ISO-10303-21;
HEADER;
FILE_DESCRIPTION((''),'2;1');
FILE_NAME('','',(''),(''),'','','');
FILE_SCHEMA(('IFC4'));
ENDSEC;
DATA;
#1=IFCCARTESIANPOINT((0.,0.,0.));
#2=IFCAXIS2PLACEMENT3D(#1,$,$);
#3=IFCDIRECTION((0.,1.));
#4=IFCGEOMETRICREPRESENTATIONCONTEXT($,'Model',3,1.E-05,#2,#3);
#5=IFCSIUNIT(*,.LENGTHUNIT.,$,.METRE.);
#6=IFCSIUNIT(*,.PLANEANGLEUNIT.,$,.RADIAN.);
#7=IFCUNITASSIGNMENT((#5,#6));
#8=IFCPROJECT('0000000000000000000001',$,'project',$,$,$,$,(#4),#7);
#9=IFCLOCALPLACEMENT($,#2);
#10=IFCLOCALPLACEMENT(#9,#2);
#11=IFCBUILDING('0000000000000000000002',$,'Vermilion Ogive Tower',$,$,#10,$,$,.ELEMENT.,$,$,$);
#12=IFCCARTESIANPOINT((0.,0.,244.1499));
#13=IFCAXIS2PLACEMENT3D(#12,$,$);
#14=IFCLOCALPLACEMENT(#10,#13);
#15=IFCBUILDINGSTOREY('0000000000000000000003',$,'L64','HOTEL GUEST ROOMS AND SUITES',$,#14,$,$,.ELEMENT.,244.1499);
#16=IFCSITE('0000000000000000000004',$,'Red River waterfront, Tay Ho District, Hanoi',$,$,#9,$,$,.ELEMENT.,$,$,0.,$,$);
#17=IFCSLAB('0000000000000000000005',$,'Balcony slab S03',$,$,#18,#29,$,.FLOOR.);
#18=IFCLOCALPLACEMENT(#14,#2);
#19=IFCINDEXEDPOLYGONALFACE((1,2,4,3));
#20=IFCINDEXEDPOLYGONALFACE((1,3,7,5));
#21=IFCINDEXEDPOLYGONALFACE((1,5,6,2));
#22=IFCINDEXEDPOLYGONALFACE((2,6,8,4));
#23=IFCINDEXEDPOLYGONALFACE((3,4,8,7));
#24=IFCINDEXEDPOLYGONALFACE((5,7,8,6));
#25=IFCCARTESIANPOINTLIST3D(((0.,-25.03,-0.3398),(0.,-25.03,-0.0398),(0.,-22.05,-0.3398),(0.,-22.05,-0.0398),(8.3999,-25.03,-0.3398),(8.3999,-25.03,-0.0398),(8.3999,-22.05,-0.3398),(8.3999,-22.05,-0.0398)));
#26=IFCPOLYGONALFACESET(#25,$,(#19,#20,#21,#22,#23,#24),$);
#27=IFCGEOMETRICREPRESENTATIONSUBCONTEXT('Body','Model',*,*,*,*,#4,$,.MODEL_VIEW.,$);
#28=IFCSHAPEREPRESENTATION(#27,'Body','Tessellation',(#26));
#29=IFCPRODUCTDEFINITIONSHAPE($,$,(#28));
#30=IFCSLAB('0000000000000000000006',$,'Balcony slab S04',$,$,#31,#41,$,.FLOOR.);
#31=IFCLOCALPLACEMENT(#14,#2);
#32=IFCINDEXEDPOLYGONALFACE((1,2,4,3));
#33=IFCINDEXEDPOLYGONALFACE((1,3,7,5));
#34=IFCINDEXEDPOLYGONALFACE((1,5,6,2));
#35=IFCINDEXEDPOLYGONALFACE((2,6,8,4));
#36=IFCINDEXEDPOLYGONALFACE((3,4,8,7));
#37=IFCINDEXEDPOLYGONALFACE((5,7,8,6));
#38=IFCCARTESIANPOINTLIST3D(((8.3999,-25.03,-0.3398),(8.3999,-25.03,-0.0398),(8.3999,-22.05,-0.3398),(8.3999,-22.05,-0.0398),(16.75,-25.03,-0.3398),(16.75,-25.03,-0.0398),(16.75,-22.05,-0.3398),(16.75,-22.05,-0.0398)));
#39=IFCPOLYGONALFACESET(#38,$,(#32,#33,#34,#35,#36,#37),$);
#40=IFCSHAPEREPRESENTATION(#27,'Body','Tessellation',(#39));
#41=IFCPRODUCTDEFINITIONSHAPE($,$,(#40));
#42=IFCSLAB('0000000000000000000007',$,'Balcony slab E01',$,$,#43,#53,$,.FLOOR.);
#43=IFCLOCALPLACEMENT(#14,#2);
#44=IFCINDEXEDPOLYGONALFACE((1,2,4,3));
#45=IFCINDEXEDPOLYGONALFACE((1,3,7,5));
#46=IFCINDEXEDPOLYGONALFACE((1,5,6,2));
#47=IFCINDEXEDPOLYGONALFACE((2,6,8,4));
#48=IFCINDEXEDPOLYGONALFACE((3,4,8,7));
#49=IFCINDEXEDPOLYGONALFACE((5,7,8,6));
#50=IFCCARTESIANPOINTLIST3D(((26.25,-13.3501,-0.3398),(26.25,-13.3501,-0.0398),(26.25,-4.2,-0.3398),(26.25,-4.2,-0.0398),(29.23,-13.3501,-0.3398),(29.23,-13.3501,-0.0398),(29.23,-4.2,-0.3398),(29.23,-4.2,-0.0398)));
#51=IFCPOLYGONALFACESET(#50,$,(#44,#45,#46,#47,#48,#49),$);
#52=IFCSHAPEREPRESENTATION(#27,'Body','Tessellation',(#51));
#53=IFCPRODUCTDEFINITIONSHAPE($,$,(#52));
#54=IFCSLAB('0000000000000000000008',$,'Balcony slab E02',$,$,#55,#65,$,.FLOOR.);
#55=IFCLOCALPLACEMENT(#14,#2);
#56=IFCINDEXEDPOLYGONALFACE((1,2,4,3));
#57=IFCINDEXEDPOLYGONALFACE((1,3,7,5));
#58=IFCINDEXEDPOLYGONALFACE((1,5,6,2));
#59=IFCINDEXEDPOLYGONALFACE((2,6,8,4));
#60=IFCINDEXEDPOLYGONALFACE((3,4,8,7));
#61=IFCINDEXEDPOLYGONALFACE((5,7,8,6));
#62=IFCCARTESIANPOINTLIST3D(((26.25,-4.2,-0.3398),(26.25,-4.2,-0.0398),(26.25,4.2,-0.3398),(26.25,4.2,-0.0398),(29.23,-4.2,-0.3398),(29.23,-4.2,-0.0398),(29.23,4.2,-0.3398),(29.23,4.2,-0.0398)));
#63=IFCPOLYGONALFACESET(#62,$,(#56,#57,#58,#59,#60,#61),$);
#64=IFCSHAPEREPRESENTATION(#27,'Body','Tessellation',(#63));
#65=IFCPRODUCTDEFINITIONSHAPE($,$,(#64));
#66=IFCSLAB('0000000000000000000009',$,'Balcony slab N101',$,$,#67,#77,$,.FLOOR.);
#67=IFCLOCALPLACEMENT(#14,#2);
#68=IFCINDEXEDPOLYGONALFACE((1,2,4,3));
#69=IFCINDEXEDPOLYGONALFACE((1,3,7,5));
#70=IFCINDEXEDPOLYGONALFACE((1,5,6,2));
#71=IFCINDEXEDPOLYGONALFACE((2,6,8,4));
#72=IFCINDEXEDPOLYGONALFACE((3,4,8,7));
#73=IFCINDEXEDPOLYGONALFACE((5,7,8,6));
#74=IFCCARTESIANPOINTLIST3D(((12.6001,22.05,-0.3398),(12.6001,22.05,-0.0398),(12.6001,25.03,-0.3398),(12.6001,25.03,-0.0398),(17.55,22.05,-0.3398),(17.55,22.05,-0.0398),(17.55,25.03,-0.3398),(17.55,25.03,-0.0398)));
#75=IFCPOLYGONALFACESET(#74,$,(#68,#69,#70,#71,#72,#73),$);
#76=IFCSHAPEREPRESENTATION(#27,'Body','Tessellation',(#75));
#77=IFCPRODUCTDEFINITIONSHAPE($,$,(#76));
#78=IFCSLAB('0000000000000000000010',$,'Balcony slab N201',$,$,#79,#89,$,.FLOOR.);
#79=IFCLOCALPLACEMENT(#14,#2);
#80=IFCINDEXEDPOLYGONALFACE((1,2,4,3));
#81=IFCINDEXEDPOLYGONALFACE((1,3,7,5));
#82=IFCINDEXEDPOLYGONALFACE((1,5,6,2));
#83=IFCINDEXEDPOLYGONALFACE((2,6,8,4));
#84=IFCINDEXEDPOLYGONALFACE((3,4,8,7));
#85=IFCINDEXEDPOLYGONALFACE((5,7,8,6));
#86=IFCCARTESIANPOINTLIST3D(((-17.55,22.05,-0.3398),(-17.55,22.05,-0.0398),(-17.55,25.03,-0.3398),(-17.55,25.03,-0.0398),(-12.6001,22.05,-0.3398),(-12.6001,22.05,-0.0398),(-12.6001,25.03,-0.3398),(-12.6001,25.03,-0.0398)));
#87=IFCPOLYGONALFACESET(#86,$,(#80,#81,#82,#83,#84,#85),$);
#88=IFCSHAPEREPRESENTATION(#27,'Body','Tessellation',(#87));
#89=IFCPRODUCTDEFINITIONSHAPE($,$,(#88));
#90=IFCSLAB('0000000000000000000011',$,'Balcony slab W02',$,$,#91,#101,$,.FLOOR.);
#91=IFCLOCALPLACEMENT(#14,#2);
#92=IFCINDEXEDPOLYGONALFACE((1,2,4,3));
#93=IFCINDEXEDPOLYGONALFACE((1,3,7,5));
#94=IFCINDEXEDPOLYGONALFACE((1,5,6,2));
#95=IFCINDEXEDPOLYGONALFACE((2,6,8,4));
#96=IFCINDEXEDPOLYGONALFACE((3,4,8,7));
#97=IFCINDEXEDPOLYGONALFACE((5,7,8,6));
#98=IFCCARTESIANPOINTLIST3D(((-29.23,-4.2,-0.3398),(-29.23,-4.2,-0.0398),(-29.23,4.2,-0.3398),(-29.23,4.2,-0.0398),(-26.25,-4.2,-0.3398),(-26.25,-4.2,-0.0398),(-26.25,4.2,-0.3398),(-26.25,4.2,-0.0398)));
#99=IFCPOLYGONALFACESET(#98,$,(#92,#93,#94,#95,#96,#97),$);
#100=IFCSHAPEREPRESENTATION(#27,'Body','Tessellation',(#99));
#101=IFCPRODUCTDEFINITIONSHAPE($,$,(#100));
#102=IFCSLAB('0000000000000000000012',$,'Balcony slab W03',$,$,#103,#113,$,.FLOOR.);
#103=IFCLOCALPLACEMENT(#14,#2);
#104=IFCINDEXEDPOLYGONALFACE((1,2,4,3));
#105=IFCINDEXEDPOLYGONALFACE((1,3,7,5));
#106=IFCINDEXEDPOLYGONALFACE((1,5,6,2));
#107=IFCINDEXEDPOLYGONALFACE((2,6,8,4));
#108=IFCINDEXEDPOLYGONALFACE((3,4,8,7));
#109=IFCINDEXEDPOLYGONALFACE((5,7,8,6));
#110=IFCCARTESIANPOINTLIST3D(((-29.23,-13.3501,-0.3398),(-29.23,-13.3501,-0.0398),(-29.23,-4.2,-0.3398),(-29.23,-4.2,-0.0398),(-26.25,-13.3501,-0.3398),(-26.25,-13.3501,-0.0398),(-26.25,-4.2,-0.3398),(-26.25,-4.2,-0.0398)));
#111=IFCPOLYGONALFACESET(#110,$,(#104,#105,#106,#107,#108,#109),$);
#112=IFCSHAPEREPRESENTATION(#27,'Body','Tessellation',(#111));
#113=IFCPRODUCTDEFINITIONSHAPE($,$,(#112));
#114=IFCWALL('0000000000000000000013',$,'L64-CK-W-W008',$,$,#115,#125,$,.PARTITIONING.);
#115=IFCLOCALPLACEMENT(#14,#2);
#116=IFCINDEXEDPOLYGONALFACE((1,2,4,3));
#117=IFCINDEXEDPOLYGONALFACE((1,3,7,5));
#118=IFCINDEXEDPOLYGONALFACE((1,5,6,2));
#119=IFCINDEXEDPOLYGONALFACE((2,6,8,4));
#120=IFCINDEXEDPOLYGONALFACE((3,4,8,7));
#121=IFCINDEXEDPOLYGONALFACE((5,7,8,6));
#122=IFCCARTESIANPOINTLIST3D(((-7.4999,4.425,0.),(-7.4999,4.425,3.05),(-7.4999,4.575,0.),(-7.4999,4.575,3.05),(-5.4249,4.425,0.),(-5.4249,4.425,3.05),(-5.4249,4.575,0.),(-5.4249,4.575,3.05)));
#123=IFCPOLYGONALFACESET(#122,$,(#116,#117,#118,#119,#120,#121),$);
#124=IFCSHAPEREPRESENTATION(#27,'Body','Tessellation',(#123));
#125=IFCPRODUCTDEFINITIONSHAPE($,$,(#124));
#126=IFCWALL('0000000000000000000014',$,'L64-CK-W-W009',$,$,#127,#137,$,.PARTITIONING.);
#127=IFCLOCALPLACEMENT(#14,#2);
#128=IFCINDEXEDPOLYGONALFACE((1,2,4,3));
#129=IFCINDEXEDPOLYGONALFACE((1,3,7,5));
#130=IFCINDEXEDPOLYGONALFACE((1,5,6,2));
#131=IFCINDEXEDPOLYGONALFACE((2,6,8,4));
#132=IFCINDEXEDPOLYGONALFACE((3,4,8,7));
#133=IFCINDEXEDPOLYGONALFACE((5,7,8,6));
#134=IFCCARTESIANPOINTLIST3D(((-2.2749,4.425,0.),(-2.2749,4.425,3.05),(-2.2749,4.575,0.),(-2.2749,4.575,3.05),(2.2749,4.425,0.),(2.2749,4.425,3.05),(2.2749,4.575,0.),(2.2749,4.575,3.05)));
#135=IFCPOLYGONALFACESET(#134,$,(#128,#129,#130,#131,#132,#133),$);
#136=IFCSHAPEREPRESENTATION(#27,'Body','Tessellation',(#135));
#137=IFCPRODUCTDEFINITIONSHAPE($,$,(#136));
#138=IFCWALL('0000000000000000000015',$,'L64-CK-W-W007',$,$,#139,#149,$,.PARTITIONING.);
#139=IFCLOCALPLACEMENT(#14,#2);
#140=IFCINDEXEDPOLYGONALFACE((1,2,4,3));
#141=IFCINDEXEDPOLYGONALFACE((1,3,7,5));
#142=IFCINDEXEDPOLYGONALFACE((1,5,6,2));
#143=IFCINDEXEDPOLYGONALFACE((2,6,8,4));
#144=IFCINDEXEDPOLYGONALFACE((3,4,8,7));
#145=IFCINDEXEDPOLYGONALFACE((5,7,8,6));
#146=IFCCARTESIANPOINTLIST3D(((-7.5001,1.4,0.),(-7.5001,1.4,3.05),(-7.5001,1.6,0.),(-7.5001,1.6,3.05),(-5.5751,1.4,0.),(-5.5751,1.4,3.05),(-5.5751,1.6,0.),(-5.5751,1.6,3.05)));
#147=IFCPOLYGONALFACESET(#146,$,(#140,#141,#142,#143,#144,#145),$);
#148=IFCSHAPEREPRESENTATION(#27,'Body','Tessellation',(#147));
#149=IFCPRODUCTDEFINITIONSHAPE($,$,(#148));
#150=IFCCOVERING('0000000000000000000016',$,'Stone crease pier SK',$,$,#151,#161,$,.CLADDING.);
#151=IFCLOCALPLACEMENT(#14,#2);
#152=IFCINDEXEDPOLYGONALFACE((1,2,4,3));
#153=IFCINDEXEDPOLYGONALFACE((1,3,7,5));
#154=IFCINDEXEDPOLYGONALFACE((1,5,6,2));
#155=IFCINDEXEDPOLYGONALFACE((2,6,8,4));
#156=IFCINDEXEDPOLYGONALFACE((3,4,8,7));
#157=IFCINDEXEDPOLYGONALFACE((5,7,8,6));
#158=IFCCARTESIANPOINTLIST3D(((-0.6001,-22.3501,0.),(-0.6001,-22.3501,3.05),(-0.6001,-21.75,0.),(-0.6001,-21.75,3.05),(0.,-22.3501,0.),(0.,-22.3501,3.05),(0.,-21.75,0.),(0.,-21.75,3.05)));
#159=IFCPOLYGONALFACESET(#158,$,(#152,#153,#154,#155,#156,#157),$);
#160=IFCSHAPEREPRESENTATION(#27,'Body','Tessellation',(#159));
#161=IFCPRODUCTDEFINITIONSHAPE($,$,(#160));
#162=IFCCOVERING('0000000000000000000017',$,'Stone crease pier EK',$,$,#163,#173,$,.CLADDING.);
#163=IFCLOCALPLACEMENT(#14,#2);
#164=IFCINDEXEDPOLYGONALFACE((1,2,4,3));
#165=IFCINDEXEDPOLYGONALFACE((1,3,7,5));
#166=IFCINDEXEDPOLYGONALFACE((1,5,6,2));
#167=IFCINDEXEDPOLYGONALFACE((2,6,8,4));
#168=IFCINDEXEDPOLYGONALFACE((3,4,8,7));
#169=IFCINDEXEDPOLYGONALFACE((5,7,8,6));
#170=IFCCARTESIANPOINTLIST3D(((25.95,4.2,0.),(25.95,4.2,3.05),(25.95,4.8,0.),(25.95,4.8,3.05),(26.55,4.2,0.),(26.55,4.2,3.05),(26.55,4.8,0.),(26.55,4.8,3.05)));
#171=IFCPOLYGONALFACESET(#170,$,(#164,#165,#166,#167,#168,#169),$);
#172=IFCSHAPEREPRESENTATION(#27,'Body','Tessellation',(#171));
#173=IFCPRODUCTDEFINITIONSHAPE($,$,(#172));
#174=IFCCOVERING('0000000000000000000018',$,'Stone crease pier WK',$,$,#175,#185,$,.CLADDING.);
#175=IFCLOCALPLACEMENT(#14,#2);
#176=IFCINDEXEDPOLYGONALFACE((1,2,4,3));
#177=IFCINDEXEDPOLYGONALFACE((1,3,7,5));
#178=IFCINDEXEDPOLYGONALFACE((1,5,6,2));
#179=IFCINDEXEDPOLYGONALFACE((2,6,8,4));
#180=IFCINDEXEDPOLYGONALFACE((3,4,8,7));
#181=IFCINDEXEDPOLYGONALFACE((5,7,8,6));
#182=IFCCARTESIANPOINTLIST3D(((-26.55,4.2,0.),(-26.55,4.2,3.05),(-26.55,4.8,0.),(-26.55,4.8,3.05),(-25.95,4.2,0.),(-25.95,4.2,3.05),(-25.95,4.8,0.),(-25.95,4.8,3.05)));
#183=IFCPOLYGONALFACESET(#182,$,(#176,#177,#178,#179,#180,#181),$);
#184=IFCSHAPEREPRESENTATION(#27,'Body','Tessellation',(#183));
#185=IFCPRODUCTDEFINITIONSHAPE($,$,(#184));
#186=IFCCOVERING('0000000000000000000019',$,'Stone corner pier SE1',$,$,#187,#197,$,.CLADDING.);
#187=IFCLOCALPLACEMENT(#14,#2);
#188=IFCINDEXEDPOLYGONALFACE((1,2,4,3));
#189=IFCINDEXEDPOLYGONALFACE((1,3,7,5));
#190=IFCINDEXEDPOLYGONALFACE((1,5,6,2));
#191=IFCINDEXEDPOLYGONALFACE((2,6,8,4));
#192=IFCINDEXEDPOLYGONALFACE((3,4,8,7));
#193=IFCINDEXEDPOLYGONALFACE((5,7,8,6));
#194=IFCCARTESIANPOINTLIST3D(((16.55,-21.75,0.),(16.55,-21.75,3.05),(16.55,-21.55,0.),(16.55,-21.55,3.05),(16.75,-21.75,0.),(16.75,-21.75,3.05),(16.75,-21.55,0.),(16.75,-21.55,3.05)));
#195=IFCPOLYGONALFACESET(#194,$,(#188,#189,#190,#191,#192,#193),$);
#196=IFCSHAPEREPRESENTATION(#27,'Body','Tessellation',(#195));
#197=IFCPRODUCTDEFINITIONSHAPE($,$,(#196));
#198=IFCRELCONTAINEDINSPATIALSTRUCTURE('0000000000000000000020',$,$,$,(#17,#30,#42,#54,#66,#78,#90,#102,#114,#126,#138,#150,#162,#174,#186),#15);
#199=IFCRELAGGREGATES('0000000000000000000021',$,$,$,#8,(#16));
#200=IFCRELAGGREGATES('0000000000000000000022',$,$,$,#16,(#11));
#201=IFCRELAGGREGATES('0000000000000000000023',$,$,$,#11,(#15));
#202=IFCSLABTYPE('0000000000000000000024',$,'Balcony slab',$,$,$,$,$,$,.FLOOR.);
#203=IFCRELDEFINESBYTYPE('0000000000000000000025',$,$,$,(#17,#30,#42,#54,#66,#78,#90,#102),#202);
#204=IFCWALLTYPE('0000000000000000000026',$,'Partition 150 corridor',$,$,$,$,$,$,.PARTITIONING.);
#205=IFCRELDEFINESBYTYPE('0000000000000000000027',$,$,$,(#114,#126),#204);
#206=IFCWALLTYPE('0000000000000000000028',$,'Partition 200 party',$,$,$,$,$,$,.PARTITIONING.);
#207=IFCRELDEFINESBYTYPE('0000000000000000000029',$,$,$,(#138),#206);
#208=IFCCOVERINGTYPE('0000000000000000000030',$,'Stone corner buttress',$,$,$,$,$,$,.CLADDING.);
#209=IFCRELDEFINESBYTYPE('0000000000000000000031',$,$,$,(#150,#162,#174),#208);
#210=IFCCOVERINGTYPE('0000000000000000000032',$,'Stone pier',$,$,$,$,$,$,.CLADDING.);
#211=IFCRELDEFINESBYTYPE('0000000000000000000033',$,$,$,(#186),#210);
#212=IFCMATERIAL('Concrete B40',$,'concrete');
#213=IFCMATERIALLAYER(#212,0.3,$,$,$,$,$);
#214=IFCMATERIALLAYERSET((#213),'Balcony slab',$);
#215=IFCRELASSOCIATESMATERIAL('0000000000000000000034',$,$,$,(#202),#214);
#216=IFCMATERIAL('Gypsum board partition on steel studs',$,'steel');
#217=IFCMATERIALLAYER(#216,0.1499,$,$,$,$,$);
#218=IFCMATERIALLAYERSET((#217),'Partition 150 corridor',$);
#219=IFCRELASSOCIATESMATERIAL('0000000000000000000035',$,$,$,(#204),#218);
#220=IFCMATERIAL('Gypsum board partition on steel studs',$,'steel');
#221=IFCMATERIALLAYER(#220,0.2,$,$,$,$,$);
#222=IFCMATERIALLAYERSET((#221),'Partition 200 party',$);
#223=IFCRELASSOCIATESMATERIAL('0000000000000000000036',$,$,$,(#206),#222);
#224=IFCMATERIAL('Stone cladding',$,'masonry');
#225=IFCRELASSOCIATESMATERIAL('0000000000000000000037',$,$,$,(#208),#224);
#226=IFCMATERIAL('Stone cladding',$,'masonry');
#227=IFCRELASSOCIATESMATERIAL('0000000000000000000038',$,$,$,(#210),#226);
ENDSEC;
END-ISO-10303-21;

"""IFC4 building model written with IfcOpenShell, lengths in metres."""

from ifc_helpers import new_model, si_unit, direction, frame, frame_2d, origin, place, context, subcontext, project, spatial, polyline, rectangle, outline, extrude, material, layer, layer_set, type_object, element, save


model = new_model("IFC4")

# Units and contexts
model_context = context("Model", 3, precision=1e-05, world=origin(), true_north=direction((0.0, 1.0)))
body_context = subcontext(model_context, "Body", "Model", "MODEL_VIEW")
ifc_project = project(units=[si_unit("LENGTHUNIT", "METRE"), si_unit("PLANEANGLEUNIT", "RADIAN")], contexts=[model_context])

# Site, building, storey
site_placement = place(None, origin())
site = spatial("IfcSite", under=ifc_project, at=site_placement, Name="Red River waterfront, Tay Ho District, Hanoi", CompositionType="ELEMENT", RefElevation=0.0)
building_placement = place(site_placement, origin())
building = spatial("IfcBuilding", under=site, at=building_placement, Name="Vermilion Ogive Tower", CompositionType="ELEMENT")
storey_placement = place(building_placement, frame((0.0, 0.0, 244.1499)))
storey = spatial("IfcBuildingStorey", under=building, at=storey_placement, Name="L64", Description="HOTEL GUEST ROOMS AND SUITES", CompositionType="ELEMENT", Elevation=244.1499)

# Slabs
ifc_material_1 = material(Name="Concrete B40", Category="concrete")
ifc_layer_1 = layer(ifc_material_1, 0.3)
ifc_layer_set_1 = layer_set([ifc_layer_1], Name="Balcony slab")
slab_type = type_object("IfcSlabType", Name="Balcony slab", PredefinedType="FLOOR", material=ifc_layer_set_1)
slab_1_placement = place(storey_placement, frame((0.0, 0.0, -0.3398)))
element("IfcSlab", 1, at=slab_1_placement, inside=storey, type_object=slab_type, Name="Balcony slab S03", PredefinedType="FLOOR", context=body_context, shape_type="SweptSolid", body=[
    extrude(outline(polyline([(0.0, -25.03), (8.3999, -25.03), (8.3999, -22.05), (0.0, -22.05), (0.0, -25.03)])), origin(), (0.0, 0.0, 1.0), 0.3),
])
slab_2_placement = place(storey_placement, frame((0.0, 0.0, -0.3398)))
element("IfcSlab", 2, at=slab_2_placement, inside=storey, type_object=slab_type, Name="Balcony slab S04", PredefinedType="FLOOR", context=body_context, shape_type="SweptSolid", body=[
    extrude(outline(polyline([(8.3999, -25.03), (16.75, -25.03), (16.75, -22.05), (8.3999, -22.05), (8.3999, -25.03)])), origin(), (0.0, 0.0, 1.0), 0.3),
])
slab_3_placement = place(storey_placement, frame((0.0, 0.0, -0.3398)))
element("IfcSlab", 3, at=slab_3_placement, inside=storey, type_object=slab_type, Name="Balcony slab E01", PredefinedType="FLOOR", context=body_context, shape_type="SweptSolid", body=[
    extrude(outline(polyline([(29.23, -13.3501), (29.23, -4.2), (26.25, -4.2), (26.25, -13.3501), (29.23, -13.3501)])), origin(), (0.0, 0.0, 1.0), 0.3),
])
slab_4_placement = place(storey_placement, frame((0.0, 0.0, -0.3398)))
element("IfcSlab", 4, at=slab_4_placement, inside=storey, type_object=slab_type, Name="Balcony slab E02", PredefinedType="FLOOR", context=body_context, shape_type="SweptSolid", body=[
    extrude(outline(polyline([(29.23, -4.2), (29.23, 4.2), (26.25, 4.2), (26.25, -4.2), (29.23, -4.2)])), origin(), (0.0, 0.0, 1.0), 0.3),
])
slab_5_placement = place(storey_placement, frame((0.0, 0.0, -0.3398)))
element("IfcSlab", 5, at=slab_5_placement, inside=storey, type_object=slab_type, Name="Balcony slab N101", PredefinedType="FLOOR", context=body_context, shape_type="SweptSolid", body=[
    extrude(outline(polyline([(17.55, 25.03), (12.6001, 25.03), (12.6001, 22.05), (17.55, 22.05), (17.55, 25.03)])), origin(), (0.0, 0.0, 1.0), 0.3),
])
slab_6_placement = place(storey_placement, frame((0.0, 0.0, -0.3398)))
element("IfcSlab", 6, at=slab_6_placement, inside=storey, type_object=slab_type, Name="Balcony slab N201", PredefinedType="FLOOR", context=body_context, shape_type="SweptSolid", body=[
    extrude(outline(polyline([(-12.6001, 25.03), (-17.55, 25.03), (-17.55, 22.05), (-12.6001, 22.05), (-12.6001, 25.03)])), origin(), (0.0, 0.0, 1.0), 0.3),
])
slab_7_placement = place(storey_placement, frame((0.0, 0.0, -0.3398)))
element("IfcSlab", 7, at=slab_7_placement, inside=storey, type_object=slab_type, Name="Balcony slab W02", PredefinedType="FLOOR", context=body_context, shape_type="SweptSolid", body=[
    extrude(outline(polyline([(-29.23, 4.2), (-29.23, -4.2), (-26.25, -4.2), (-26.25, 4.2), (-29.23, 4.2)])), origin(), (0.0, 0.0, 1.0), 0.3),
])
slab_8_placement = place(storey_placement, frame((0.0, 0.0, -0.3398)))
element("IfcSlab", 8, at=slab_8_placement, inside=storey, type_object=slab_type, Name="Balcony slab W03", PredefinedType="FLOOR", context=body_context, shape_type="SweptSolid", body=[
    extrude(outline(polyline([(-29.23, -4.2), (-29.23, -13.3501), (-26.25, -13.3501), (-26.25, -4.2), (-29.23, -4.2)])), origin(), (0.0, 0.0, 1.0), 0.3),
])

# Walls
ifc_material_2 = material(Name="Gypsum board partition on steel studs", Category="steel")
ifc_layer_2 = layer(ifc_material_2, 0.1499)
ifc_layer_set_2 = layer_set([ifc_layer_2], Name="Partition 150 corridor")
wall_type_1 = type_object("IfcWallType", Name="Partition 150 corridor", PredefinedType="PARTITIONING", material=ifc_layer_set_2)
wall_1_placement = place(storey_placement, frame((-7.5, 4.5, 0.0), z_axis=(0.0, 0.0, 1.0), x_axis=(1.0, 0.0, 0.0)))
element("IfcWall", 9, at=wall_1_placement, inside=storey, type_object=wall_type_1, Name="L64-CK-W-W008", PredefinedType="PARTITIONING", context=body_context, shape_type="SweptSolid", body=[
    extrude(rectangle(XDim=2.075, YDim=0.1499, at=frame_2d((1.0376, 0.0))), origin(), (0.0, 0.0, 1.0), 3.05),
])
wall_2_placement = place(storey_placement, frame((-2.2749, 4.5, 0.0), z_axis=(0.0, 0.0, 1.0), x_axis=(1.0, 0.0, 0.0)))
element("IfcWall", 10, at=wall_2_placement, inside=storey, type_object=wall_type_1, Name="L64-CK-W-W009", PredefinedType="PARTITIONING", context=body_context, shape_type="SweptSolid", body=[
    extrude(rectangle(XDim=4.5498, YDim=0.1499, at=frame_2d((2.2749, 0.0))), origin(), (0.0, 0.0, 1.0), 3.05),
])
ifc_material_3 = material(Name="Gypsum board partition on steel studs", Category="steel")
ifc_layer_3 = layer(ifc_material_3, 0.2)
ifc_layer_set_3 = layer_set([ifc_layer_3], Name="Partition 200 party")
wall_type_2 = type_object("IfcWallType", Name="Partition 200 party", PredefinedType="PARTITIONING", material=ifc_layer_set_3)
wall_3_placement = place(storey_placement, frame((-7.5, 1.5, 0.0), z_axis=(0.0, 0.0, 1.0), x_axis=(1.0, 0.0, 0.0)))
element("IfcWall", 11, at=wall_3_placement, inside=storey, type_object=wall_type_2, Name="L64-CK-W-W007", PredefinedType="PARTITIONING", context=body_context, shape_type="SweptSolid", body=[
    extrude(rectangle(XDim=1.925, YDim=0.2, at=frame_2d((0.9624, 0.0))), origin(), (0.0, 0.0, 1.0), 3.05),
])

# Coverings
ifc_material_4 = material(Name="Stone cladding", Category="masonry")
covering_type_1 = type_object("IfcCoveringType", Name="Stone corner buttress", PredefinedType="CLADDING", material=ifc_material_4)
covering_1_placement = place(storey_placement, origin())
element("IfcCovering", 12, at=covering_1_placement, inside=storey, type_object=covering_type_1, Name="Stone crease pier SK", PredefinedType="CLADDING", context=body_context, shape_type="SweptSolid", body=[
    extrude(outline(polyline([(-0.6001, -22.3501), (0.0, -22.3501), (0.0, -21.75), (-0.6001, -21.75), (-0.6001, -22.3501)])), origin(), (0.0, 0.0, 1.0), 3.05),
])
covering_2_placement = place(storey_placement, origin())
element("IfcCovering", 13, at=covering_2_placement, inside=storey, type_object=covering_type_1, Name="Stone crease pier EK", PredefinedType="CLADDING", context=body_context, shape_type="SweptSolid", body=[
    extrude(outline(polyline([(26.55, 4.2), (26.55, 4.8), (25.95, 4.8), (25.95, 4.2), (26.55, 4.2)])), origin(), (0.0, 0.0, 1.0), 3.05),
])
covering_3_placement = place(storey_placement, origin())
element("IfcCovering", 14, at=covering_3_placement, inside=storey, type_object=covering_type_1, Name="Stone crease pier WK", PredefinedType="CLADDING", context=body_context, shape_type="SweptSolid", body=[
    extrude(outline(polyline([(-26.55, 4.8), (-26.55, 4.2), (-25.95, 4.2), (-25.95, 4.8), (-26.55, 4.8)])), origin(), (0.0, 0.0, 1.0), 3.05),
])
ifc_material_5 = material(Name="Stone cladding", Category="masonry")
covering_type_2 = type_object("IfcCoveringType", Name="Stone pier", PredefinedType="CLADDING", material=ifc_material_5)
covering_4_placement = place(storey_placement, origin())
element("IfcCovering", 15, at=covering_4_placement, inside=storey, type_object=covering_type_2, Name="Stone corner pier SE1", PredefinedType="CLADDING", context=body_context, shape_type="SweptSolid", body=[
    extrude(outline(polyline([(16.55, -21.55), (16.75, -21.55), (16.75, -21.75), (16.55, -21.75), (16.55, -21.55)])), origin(), (0.0, 0.0, 1.0), 3.05),
])

save(model, "model.ifc")
